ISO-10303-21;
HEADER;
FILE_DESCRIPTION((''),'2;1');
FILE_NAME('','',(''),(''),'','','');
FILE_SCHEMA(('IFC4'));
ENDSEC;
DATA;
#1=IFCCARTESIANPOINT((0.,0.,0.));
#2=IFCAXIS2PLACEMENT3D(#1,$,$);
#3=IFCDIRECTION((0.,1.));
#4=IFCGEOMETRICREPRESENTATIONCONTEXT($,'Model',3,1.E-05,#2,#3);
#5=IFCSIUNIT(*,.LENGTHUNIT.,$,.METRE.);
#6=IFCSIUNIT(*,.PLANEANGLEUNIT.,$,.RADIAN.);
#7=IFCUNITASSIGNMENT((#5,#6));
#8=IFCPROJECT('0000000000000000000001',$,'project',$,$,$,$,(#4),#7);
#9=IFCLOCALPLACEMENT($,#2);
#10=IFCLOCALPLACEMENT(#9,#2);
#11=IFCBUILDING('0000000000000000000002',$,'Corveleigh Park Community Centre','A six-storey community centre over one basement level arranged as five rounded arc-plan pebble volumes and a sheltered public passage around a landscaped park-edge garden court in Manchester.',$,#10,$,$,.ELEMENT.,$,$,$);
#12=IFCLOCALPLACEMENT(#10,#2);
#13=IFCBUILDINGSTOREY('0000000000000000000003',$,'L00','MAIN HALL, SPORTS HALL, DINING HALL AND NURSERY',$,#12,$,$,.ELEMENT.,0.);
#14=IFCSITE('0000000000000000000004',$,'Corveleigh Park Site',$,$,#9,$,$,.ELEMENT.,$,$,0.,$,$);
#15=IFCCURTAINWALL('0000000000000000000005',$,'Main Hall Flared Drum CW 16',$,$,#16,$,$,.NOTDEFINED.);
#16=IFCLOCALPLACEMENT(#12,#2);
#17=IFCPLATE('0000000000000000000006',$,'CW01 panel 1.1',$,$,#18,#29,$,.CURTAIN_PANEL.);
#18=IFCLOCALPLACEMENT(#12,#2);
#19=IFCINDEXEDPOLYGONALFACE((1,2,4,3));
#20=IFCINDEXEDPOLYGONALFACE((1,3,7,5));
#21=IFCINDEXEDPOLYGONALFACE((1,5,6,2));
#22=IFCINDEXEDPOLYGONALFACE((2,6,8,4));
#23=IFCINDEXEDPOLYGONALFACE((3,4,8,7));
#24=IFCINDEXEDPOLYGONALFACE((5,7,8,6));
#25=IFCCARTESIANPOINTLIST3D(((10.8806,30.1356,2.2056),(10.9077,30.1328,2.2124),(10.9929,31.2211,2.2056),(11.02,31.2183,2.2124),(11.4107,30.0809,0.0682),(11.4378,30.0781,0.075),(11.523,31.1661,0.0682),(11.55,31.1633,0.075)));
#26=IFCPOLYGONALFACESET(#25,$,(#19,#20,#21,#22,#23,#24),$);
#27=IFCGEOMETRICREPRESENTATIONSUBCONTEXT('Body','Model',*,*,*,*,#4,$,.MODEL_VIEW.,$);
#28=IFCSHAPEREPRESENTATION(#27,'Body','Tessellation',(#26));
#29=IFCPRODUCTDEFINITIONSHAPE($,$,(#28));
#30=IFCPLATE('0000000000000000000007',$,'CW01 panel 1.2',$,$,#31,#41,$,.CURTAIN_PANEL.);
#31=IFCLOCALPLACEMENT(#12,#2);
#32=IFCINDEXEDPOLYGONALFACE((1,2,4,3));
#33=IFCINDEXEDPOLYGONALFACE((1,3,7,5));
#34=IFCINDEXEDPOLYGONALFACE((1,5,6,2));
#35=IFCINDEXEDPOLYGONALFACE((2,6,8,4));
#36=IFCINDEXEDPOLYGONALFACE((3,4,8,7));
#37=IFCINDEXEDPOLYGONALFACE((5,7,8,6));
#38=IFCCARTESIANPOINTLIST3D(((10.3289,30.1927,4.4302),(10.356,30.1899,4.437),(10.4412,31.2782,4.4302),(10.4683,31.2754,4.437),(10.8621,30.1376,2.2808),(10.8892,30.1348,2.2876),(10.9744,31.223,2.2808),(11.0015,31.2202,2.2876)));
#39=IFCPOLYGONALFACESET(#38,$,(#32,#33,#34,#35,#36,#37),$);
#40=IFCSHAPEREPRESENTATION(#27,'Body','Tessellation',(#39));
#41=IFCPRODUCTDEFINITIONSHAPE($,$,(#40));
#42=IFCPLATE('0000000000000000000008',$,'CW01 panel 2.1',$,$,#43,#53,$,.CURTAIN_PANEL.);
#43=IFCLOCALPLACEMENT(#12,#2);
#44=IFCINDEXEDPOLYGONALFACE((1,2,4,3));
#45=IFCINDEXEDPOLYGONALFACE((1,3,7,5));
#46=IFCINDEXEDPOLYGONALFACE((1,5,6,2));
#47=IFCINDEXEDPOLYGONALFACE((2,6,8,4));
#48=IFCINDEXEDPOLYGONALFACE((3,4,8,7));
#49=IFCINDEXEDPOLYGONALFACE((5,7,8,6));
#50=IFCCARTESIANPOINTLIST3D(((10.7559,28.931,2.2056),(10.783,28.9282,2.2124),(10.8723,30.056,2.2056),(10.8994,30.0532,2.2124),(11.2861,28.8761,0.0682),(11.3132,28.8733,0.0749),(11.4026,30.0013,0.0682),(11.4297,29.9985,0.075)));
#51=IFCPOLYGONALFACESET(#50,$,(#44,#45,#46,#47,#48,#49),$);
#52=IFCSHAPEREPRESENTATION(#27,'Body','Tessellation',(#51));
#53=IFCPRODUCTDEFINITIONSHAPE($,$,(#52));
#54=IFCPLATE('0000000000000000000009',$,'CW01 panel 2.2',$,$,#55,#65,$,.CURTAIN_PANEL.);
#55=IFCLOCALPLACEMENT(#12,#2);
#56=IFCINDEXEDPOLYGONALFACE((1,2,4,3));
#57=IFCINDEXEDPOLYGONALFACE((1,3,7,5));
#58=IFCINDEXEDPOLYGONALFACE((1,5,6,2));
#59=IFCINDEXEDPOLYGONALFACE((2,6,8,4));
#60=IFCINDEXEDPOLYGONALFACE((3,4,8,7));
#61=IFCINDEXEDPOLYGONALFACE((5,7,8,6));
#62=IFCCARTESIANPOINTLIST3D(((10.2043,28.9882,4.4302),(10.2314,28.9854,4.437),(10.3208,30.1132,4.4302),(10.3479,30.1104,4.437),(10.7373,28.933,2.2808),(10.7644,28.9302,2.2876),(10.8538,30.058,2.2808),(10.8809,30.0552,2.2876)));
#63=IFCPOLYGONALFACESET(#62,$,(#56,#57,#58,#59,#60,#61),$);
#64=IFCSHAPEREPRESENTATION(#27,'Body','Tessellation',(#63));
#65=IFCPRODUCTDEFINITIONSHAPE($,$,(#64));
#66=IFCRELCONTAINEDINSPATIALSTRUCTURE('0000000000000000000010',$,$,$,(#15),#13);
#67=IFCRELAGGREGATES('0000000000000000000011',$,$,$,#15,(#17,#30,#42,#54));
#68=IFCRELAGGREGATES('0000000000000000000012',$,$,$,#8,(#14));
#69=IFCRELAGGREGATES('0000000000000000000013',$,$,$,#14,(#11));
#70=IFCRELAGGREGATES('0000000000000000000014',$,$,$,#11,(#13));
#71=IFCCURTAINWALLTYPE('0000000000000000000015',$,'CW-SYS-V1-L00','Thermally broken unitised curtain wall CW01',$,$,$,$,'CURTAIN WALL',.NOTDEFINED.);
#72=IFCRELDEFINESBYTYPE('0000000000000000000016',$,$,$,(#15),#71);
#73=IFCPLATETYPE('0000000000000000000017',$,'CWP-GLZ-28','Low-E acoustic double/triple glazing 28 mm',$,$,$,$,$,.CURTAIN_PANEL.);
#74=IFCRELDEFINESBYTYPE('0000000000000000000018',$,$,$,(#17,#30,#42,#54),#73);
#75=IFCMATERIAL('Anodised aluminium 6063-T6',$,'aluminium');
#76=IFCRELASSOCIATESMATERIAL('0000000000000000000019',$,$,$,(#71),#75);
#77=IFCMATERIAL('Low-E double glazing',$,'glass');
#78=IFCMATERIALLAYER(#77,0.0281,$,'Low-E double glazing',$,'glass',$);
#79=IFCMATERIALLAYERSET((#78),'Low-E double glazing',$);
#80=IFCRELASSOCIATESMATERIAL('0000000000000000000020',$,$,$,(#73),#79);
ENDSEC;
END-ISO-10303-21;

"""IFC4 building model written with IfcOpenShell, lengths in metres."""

from ifc_helpers import new_model, si_unit, direction, frame, origin, place, context, subcontext, project, spatial, polyline, outline, extrude, material, layer, layer_set, type_object, element, aggregate, save


model = new_model("IFC4")

# Units and contexts
model_context = context("Model", 3, precision=1e-05, world=origin(), true_north=direction((0.0, 1.0)))
body_context = subcontext(model_context, "Body", "Model", "MODEL_VIEW")
ifc_project = project(units=[si_unit("LENGTHUNIT", "METRE"), si_unit("PLANEANGLEUNIT", "RADIAN")], contexts=[model_context])

# Site, building, storey
site_placement = place(None, origin())
site = spatial("IfcSite", under=ifc_project, at=site_placement, Name="Corveleigh Park Site", CompositionType="ELEMENT", RefElevation=0.0)
building_placement = place(site_placement, origin())
building = spatial("IfcBuilding", under=site, at=building_placement, Name="Corveleigh Park Community Centre", Description="A six-storey community centre over one basement level arranged as five rounded arc-plan pebble volumes and a sheltered public passage around a landscaped park-edge garden court in Manchester.", CompositionType="ELEMENT")
storey_placement = place(building_placement, origin())
storey = spatial("IfcBuildingStorey", under=building, at=storey_placement, Name="L00", Description="MAIN HALL, SPORTS HALL, DINING HALL AND NURSERY", CompositionType="ELEMENT", Elevation=0.0)

# Shared definitions
ifc_material_1 = material(Name="Anodised aluminium 6063-T6", Category="aluminium")
curtain_wall_type = type_object("IfcCurtainWallType", Name="CW-SYS-V1-L00", Description="Thermally broken unitised curtain wall CW01", ElementType="CURTAIN WALL", PredefinedType="NOTDEFINED", material=ifc_material_1)

# Curtain wall
curtain_wall_1_placement = place(storey_placement, origin())
curtain_wall_1 = element("IfcCurtainWall", 1, at=curtain_wall_1_placement, inside=storey, type_object=curtain_wall_type, Name="Main Hall Flared Drum CW 16", PredefinedType="NOTDEFINED")

# Plates
ifc_material_2 = material(Name="Low-E double glazing", Category="glass")
ifc_layer = layer(ifc_material_2, 0.0281, Name="Low-E double glazing", Category="glass")
ifc_layer_set = layer_set([ifc_layer], Name="Low-E double glazing")
plate_type = type_object("IfcPlateType", Name="CWP-GLZ-28", Description="Low-E acoustic double/triple glazing 28 mm", PredefinedType="CURTAIN_PANEL", material=ifc_layer_set)
plate_1_placement = place(storey_placement, frame((11.55, 31.1633, 0.075), z_axis=(0.96515, -0.099869, 0.241892), x_axis=(-0.102927, -0.994689, 0.000003)))
plate_1 = element("IfcPlate", 2, at=plate_1_placement, type_object=plate_type, Name="CW01 panel 1.1", PredefinedType="CURTAIN_PANEL", context=body_context, shape_type="SweptSolid", body=[
    extrude(outline(polyline([(0.0, 0.0), (1.091, 0.0), (1.0912, -2.2029), (-0.0001, -2.2029), (0.0, 0.0)])), origin(), (0.0, 0.0, -1.0), 0.0281),
])
plate_2_placement = place(storey_placement, frame((11.0015, 31.2202, 2.2876), z_axis=(0.965129, -0.099856, 0.241982), x_axis=(-0.102914, -0.99469, 0.0)))
plate_2 = element("IfcPlate", 3, at=plate_2_placement, type_object=plate_type, Name="CW01 panel 1.2", PredefinedType="CURTAIN_PANEL", context=body_context, shape_type="SweptSolid", body=[
    extrude(outline(polyline([(0.0, 0.0), (1.0912, 0.0), (1.0912, -2.2152), (0.0, -2.2152), (0.0, 0.0)])), origin(), (0.0, 0.0, -1.0), 0.0281),
])
plate_3_placement = place(storey_placement, frame((11.4297, 29.9985, 0.075), z_axis=(0.965121, -0.099894, 0.241995), x_axis=(-0.102954, -0.994686, -0.000003)))
plate_3 = element("IfcPlate", 4, at=plate_3_placement, type_object=plate_type, Name="CW01 panel 2.1", PredefinedType="CURTAIN_PANEL", context=body_context, shape_type="SweptSolid", body=[
    extrude(outline(polyline([(0.0, 0.0), (1.1313, 0.0), (1.1312, -2.2029), (0.0002, -2.2029), (0.0, 0.0)])), origin(), (0.0, 0.0, -1.0), 0.0281),
])
plate_4_placement = place(storey_placement, frame((10.8809, 30.0552, 2.2876), z_axis=(0.965149, -0.099908, 0.241879), x_axis=(-0.102965, -0.994685, 0.0)))
plate_4 = element("IfcPlate", 5, at=plate_4_placement, type_object=plate_type, Name="CW01 panel 2.2", PredefinedType="CURTAIN_PANEL", context=body_context, shape_type="SweptSolid", body=[
    extrude(outline(polyline([(0.0, 0.0), (1.131, 0.0), (1.131, -2.2152), (0.0, -2.2152), (0.0, 0.0)])), origin(), (0.0, 0.0, -1.0), 0.0281),
])
aggregate(curtain_wall_1, [plate_1, plate_2, plate_3, plate_4])

save(model, "model.ifc")
